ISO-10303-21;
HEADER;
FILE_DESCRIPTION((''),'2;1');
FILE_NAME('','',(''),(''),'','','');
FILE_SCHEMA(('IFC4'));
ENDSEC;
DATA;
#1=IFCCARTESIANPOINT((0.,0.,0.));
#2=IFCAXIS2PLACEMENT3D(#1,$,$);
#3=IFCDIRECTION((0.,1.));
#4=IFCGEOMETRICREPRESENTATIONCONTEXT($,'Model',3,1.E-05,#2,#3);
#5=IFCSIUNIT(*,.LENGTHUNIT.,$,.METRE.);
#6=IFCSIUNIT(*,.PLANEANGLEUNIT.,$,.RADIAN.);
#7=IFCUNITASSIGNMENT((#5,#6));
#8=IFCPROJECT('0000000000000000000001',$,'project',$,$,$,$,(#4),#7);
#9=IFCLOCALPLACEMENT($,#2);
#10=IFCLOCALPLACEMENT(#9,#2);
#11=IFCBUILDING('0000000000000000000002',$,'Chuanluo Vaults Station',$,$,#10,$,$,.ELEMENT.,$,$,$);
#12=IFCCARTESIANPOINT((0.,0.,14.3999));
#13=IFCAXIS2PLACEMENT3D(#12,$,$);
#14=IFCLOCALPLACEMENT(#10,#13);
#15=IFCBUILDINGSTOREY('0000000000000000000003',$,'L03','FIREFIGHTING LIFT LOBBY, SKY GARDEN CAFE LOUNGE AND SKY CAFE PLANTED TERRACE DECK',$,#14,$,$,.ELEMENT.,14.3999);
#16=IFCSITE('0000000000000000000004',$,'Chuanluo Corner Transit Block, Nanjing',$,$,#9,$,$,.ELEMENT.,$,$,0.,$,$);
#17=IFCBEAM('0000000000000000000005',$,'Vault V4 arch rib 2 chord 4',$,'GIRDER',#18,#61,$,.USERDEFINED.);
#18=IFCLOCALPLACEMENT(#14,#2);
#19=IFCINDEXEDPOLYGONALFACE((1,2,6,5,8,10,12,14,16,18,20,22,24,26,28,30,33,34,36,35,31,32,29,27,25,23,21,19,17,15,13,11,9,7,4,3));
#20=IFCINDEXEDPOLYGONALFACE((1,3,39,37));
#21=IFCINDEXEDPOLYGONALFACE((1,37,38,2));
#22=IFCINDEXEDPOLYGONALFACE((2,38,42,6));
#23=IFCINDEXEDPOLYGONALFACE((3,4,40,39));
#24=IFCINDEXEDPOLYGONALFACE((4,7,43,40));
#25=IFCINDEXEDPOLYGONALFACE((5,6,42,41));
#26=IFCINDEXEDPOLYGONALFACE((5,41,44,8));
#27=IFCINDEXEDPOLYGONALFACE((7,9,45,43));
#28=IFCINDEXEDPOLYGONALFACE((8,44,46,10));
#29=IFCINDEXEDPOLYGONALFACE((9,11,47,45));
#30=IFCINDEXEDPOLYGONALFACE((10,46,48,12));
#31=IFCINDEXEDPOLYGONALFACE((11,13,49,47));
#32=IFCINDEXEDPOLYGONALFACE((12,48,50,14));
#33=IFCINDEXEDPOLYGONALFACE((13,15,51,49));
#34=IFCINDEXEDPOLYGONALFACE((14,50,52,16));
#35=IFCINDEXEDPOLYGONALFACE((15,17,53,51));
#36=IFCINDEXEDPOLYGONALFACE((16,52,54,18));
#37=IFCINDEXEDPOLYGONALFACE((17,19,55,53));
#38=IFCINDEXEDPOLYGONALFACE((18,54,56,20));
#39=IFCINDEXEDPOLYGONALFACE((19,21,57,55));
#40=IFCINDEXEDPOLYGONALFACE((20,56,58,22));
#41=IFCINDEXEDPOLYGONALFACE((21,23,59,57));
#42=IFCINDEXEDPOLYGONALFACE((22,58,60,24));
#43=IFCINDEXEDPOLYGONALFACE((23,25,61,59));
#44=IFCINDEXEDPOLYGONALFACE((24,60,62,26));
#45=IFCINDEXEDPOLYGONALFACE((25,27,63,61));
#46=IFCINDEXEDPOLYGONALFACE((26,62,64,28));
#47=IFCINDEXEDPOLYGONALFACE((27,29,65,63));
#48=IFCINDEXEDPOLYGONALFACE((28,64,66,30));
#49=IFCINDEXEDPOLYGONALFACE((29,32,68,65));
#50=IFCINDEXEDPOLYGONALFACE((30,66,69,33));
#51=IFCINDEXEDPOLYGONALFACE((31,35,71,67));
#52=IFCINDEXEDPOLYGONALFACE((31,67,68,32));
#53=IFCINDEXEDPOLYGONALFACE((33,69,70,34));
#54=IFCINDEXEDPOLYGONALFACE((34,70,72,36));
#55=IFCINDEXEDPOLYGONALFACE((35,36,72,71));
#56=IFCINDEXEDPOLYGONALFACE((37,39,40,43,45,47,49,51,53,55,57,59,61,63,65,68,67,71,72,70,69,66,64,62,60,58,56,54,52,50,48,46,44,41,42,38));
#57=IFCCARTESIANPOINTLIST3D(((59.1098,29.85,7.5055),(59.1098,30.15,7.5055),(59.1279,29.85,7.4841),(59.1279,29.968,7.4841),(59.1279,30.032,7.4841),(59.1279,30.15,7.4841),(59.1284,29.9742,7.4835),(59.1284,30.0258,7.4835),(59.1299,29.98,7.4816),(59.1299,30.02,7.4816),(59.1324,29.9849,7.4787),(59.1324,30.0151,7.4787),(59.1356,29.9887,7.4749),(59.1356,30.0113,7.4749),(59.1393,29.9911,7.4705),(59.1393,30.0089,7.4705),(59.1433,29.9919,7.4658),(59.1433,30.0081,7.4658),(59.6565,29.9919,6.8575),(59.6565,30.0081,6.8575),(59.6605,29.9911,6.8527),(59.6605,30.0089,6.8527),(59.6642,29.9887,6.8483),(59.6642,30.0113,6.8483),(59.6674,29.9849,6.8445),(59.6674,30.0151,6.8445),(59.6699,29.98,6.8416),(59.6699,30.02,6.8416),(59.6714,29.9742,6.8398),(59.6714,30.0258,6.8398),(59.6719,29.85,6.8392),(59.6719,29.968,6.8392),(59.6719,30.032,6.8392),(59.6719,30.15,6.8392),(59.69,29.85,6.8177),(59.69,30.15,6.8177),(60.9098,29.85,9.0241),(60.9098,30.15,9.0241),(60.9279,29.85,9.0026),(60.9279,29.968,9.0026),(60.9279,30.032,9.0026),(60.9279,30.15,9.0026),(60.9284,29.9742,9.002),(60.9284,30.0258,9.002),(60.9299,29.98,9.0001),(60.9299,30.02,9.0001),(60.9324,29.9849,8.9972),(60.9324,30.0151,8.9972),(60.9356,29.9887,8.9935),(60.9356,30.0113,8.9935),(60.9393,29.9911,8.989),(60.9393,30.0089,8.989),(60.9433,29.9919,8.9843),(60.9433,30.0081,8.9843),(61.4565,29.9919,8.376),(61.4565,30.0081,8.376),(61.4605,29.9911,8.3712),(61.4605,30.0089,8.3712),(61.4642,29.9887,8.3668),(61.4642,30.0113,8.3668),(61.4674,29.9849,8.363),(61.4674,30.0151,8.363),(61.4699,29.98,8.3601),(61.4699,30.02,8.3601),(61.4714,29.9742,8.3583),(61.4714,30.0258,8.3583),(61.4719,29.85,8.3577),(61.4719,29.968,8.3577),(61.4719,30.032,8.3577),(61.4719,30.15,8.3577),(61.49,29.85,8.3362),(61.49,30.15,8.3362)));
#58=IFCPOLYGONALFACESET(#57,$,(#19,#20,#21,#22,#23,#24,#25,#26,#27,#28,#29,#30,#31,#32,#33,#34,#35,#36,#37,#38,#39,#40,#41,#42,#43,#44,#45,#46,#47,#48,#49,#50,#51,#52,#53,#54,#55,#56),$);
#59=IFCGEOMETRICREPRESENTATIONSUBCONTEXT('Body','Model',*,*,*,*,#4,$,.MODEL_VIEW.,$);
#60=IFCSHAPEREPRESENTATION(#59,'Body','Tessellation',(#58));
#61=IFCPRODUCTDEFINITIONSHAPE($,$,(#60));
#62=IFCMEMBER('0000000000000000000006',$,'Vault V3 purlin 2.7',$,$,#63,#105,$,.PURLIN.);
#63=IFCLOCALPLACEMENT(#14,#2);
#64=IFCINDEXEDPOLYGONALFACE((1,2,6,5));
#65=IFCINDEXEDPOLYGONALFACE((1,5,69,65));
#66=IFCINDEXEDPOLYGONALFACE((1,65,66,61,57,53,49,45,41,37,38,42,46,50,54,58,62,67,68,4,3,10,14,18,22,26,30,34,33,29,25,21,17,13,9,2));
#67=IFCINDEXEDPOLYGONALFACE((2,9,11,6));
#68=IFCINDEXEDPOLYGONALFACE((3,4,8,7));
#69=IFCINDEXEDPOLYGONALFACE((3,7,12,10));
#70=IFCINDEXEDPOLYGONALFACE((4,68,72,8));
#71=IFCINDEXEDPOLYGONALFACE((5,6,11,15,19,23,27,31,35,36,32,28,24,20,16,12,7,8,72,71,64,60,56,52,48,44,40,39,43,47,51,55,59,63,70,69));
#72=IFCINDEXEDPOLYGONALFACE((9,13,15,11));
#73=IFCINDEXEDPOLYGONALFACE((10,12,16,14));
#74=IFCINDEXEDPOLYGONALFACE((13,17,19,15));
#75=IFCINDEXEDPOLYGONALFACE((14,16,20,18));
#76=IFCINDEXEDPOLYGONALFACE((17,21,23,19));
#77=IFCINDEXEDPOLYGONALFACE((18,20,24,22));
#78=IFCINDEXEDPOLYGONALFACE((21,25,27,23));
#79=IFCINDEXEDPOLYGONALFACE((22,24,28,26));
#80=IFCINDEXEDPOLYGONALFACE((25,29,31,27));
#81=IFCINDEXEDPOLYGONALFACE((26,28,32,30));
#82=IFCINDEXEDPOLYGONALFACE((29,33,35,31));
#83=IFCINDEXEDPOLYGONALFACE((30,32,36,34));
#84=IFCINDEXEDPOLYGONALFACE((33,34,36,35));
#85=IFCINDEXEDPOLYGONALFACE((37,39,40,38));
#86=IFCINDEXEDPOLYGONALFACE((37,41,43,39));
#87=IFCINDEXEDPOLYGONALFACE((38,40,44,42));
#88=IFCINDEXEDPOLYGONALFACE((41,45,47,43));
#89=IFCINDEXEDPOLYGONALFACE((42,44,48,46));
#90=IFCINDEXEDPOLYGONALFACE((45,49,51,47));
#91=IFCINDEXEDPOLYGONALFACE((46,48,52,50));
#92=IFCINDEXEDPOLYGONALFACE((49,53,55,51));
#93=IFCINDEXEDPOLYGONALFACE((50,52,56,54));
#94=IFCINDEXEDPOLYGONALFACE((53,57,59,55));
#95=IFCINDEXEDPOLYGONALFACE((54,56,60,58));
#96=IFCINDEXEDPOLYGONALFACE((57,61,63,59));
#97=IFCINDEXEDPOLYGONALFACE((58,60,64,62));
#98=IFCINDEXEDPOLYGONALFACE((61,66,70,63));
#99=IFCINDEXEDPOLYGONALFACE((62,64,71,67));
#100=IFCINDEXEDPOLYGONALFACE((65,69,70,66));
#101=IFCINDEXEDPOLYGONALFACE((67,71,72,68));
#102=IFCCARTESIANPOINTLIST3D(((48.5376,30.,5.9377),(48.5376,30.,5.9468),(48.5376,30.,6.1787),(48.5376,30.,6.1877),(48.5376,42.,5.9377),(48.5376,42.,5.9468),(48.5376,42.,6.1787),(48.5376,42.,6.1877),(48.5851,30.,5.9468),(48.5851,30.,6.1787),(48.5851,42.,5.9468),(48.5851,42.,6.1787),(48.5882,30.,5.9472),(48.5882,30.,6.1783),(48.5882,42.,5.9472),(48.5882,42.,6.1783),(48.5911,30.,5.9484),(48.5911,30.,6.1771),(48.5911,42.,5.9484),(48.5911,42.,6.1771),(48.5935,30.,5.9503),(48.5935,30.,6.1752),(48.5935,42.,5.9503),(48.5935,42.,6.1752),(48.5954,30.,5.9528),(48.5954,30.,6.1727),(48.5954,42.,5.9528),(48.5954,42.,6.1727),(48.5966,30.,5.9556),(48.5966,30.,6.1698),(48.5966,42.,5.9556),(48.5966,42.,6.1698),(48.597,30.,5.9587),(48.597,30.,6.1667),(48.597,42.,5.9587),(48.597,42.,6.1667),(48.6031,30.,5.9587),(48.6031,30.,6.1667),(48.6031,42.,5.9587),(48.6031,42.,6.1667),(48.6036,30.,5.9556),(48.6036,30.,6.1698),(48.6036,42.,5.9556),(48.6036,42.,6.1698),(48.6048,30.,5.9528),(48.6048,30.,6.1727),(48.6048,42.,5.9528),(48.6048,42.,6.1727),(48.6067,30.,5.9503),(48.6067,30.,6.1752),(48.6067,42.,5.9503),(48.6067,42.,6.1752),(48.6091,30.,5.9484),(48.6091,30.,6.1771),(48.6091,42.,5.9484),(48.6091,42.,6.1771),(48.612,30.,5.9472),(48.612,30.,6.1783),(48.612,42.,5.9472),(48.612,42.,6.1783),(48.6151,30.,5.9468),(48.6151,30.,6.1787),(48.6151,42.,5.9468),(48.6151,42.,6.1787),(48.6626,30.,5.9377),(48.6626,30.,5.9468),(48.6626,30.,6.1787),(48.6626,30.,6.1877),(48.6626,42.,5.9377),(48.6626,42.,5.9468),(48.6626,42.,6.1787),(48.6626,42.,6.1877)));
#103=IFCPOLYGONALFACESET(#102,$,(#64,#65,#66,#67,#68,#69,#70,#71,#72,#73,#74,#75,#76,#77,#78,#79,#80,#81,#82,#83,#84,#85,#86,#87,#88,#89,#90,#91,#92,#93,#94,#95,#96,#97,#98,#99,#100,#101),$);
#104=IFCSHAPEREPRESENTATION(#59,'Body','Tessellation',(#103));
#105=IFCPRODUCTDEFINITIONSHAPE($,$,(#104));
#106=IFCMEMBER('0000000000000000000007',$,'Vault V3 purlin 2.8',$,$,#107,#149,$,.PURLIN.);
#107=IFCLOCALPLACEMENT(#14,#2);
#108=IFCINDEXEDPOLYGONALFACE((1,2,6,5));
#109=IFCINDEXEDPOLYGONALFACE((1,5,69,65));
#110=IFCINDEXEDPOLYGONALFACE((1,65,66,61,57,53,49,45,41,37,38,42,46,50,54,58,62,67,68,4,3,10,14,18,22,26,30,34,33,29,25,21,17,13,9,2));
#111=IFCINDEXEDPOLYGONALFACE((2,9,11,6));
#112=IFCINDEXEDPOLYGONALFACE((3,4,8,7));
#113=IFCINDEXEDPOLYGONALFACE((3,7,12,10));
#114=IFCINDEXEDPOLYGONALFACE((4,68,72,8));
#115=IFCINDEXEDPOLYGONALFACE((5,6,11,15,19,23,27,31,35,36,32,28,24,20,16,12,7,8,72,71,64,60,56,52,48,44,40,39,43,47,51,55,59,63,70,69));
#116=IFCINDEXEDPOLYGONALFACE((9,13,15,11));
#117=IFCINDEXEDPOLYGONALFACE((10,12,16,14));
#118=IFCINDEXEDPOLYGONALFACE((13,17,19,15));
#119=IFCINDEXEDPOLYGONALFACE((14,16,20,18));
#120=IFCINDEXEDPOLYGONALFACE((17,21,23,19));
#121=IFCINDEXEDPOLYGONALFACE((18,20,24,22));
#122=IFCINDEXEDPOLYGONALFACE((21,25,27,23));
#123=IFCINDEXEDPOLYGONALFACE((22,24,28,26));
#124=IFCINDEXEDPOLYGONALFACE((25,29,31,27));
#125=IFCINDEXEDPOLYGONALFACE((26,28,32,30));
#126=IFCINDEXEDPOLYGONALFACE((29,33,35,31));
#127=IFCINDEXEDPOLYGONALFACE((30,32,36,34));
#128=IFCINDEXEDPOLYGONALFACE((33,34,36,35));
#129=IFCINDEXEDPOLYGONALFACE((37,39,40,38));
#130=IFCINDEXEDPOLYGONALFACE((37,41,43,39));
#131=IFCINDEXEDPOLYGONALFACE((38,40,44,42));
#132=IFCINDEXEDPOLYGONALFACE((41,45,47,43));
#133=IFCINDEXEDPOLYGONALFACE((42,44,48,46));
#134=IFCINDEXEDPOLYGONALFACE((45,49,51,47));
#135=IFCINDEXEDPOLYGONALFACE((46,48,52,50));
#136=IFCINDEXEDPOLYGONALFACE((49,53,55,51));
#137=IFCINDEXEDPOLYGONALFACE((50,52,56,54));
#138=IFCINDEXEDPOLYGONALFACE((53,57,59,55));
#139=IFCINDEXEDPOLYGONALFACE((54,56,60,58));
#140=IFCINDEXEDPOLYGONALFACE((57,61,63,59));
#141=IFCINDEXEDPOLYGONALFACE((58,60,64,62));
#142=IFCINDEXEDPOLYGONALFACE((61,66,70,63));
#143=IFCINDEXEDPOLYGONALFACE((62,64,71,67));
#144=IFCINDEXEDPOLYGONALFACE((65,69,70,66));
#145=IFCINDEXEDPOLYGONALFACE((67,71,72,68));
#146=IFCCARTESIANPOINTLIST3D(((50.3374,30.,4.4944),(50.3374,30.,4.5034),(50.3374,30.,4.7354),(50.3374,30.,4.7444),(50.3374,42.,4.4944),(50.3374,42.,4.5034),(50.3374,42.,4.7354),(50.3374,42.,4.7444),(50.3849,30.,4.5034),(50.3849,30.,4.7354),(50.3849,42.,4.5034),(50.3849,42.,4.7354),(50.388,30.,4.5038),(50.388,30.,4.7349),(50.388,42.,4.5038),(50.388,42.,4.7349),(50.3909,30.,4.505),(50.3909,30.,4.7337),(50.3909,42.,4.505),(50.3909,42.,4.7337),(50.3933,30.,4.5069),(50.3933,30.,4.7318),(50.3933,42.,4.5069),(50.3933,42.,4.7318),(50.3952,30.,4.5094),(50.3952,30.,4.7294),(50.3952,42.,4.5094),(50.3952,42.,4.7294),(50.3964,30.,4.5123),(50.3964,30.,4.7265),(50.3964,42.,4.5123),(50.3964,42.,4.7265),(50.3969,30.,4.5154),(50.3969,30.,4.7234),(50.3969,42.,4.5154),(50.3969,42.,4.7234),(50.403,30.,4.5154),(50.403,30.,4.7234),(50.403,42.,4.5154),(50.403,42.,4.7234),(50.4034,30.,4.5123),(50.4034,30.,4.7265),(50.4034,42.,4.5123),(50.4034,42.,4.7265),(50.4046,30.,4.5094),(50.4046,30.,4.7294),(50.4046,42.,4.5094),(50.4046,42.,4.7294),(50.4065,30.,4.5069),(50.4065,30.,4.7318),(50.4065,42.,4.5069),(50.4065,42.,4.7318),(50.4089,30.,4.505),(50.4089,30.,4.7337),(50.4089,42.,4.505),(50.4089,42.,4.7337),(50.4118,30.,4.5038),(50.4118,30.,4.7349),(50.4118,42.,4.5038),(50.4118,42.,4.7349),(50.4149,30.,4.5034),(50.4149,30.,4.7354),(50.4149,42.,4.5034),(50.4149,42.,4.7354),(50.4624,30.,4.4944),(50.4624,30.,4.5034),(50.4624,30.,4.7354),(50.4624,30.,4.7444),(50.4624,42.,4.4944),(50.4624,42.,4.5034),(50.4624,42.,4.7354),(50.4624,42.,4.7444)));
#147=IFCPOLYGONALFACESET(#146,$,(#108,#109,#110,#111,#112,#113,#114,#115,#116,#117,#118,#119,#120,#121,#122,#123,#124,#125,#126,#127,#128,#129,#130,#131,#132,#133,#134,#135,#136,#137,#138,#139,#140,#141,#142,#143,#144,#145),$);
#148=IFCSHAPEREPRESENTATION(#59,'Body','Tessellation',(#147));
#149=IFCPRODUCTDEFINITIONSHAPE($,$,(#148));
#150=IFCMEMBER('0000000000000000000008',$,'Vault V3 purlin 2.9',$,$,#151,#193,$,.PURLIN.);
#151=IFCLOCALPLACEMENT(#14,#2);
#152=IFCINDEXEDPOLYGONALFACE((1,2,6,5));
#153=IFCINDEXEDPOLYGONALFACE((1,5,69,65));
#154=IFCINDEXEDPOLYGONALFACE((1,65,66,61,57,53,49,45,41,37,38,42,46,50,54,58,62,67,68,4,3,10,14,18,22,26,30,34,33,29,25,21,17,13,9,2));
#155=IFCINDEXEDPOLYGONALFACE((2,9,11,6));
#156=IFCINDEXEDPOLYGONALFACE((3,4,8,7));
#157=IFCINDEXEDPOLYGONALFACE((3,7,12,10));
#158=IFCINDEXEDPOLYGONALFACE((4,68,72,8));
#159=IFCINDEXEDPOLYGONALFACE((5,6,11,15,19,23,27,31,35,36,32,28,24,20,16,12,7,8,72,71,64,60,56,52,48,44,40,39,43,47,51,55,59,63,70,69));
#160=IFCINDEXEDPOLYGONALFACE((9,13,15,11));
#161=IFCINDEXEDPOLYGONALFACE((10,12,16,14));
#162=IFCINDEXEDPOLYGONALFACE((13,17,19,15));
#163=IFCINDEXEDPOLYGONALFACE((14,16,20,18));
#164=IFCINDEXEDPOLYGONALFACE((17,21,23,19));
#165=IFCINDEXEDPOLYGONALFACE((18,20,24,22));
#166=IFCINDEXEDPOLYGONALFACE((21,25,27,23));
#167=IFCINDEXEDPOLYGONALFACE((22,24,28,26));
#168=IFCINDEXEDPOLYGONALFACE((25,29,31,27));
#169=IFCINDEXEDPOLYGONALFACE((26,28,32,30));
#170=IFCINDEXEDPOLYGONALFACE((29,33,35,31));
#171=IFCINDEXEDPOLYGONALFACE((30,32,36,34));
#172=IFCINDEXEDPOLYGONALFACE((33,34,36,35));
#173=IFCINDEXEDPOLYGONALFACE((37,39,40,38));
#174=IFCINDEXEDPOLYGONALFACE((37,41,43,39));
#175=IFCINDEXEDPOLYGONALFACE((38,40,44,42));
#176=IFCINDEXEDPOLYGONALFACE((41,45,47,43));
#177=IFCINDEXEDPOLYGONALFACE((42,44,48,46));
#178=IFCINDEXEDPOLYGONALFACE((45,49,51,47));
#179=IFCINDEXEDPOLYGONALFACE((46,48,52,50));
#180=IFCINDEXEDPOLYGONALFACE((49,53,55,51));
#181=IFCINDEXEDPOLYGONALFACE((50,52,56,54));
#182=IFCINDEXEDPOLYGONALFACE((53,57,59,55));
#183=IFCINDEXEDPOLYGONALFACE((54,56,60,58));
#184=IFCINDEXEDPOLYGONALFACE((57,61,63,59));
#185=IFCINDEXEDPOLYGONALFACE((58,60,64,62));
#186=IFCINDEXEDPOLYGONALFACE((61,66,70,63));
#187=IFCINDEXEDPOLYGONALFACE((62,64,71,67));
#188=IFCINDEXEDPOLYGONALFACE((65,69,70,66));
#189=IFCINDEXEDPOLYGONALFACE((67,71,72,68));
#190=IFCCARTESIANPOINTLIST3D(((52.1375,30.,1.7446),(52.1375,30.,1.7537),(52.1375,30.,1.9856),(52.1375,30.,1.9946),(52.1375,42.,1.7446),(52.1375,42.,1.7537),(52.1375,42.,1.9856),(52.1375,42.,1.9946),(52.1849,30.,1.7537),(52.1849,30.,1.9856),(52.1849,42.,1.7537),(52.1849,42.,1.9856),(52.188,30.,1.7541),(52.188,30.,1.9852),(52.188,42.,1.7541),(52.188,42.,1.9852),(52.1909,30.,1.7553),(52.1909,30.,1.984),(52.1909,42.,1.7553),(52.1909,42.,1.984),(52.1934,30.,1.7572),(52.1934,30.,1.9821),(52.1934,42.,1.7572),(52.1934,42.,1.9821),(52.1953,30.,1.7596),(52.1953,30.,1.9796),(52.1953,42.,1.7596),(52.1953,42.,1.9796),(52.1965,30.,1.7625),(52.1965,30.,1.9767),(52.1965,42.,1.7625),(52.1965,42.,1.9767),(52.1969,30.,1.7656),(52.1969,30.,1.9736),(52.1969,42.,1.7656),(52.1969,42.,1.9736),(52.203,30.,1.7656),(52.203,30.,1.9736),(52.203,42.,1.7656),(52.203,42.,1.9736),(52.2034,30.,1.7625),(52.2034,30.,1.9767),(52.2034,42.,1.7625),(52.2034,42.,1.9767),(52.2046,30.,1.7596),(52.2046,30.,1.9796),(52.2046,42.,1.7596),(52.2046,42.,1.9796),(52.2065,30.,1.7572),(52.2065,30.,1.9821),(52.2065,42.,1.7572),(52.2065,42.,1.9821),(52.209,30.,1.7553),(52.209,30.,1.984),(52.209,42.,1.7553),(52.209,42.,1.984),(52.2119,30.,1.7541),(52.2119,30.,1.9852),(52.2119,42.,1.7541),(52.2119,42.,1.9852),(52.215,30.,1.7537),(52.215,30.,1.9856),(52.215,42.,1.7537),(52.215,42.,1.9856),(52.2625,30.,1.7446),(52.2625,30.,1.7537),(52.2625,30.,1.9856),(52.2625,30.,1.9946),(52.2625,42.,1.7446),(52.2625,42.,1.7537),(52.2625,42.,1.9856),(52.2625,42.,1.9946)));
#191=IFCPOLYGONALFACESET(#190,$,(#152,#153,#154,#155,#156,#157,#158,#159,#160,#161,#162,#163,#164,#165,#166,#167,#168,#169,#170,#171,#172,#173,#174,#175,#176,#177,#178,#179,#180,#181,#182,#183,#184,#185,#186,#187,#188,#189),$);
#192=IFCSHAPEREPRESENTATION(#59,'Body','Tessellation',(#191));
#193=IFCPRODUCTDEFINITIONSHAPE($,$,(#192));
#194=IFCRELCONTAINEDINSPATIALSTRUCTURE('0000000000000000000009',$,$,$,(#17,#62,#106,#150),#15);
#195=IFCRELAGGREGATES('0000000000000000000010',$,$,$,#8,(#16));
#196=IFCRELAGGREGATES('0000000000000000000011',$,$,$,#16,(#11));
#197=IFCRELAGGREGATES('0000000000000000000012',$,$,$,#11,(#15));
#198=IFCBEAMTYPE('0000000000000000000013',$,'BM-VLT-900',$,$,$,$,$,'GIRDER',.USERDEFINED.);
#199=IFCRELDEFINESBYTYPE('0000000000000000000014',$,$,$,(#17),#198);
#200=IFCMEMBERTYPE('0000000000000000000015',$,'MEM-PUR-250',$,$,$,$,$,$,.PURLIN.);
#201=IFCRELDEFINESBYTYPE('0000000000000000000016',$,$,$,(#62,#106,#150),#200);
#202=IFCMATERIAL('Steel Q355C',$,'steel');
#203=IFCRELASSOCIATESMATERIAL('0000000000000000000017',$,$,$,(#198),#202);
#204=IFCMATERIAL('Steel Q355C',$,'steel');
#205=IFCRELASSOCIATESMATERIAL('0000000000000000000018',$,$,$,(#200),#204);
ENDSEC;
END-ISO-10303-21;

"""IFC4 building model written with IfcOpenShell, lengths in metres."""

from ifc_helpers import new_model, si_unit, direction, frame, origin, origin_2d, place, context, subcontext, project, spatial, i_section, extrude, material, material_profile, profile_set, type_object, element, save


model = new_model("IFC4")

# Units and contexts
model_context = context("Model", 3, precision=1e-05, world=origin(), true_north=direction((0.0, 1.0)))
body_context = subcontext(model_context, "Body", "Model", "MODEL_VIEW")
ifc_project = project(units=[si_unit("LENGTHUNIT", "METRE"), si_unit("PLANEANGLEUNIT", "RADIAN")], contexts=[model_context])

# Site, building, storey
site_placement = place(None, origin())
site = spatial("IfcSite", under=ifc_project, at=site_placement, Name="Chuanluo Corner Transit Block, Nanjing", CompositionType="ELEMENT", RefElevation=0.0)
building_placement = place(site_placement, origin())
building = spatial("IfcBuilding", under=site, at=building_placement, Name="Chuanluo Vaults Station", CompositionType="ELEMENT")
storey_placement = place(building_placement, frame((0.0, 0.0, 14.3999)))
storey = spatial("IfcBuildingStorey", under=building, at=storey_placement, Name="L03", Description="FIREFIGHTING LIFT LOBBY, SKY GARDEN CAFE LOUNGE AND SKY CAFE PLANTED TERRACE DECK", CompositionType="ELEMENT", Elevation=14.3999)

# Beam
ifc_material_1 = material(Name="Steel Q355C", Category="steel")
ifc_material_profile_1 = material_profile(ifc_material_1, i_section(OverallWidth=0.3, OverallDepth=0.8999, WebThickness=0.0161, FlangeThickness=0.0281, FilletRadius=0.0239, at=origin_2d()))
ifc_profile_set_1 = profile_set([ifc_material_profile_1], Name="Steel Q355C")
beam_type_1 = type_object("IfcBeamType", Name="BM-VLT-900", ElementType="GIRDER", PredefinedType="USERDEFINED", material=ifc_profile_set_1)
beam_1_placement = place(storey_placement, frame((59.3999, 30.0, 7.1616), z_axis=(0.764341, 0.0, 0.644812), x_axis=(0.0, 1.0, 0.0)))
element("IfcBeam", 1, at=beam_1_placement, inside=storey, type_object=beam_type_1, Name="Vault V4 arch rib 2 chord 4", ObjectType="GIRDER", PredefinedType="USERDEFINED", context=body_context, shape_type="SweptSolid", body=[
    extrude(i_section(OverallWidth=0.3, OverallDepth=0.8999, WebThickness=0.0161, FlangeThickness=0.0281, FilletRadius=0.0239, at=origin_2d()), origin(), (0.0, 0.0, 1.0), 2.355),
])

# Members
ifc_material_2 = material(Name="Steel Q355C", Category="steel")
ifc_material_profile_2 = material_profile(ifc_material_2, i_section(OverallWidth=0.125, OverallDepth=0.25, WebThickness=0.0061, FlangeThickness=0.009, FilletRadius=0.012, at=origin_2d()))
ifc_profile_set_2 = profile_set([ifc_material_profile_2], Name="Steel Q355C")
member_type_1 = type_object("IfcMemberType", Name="MEM-PUR-250", PredefinedType="PURLIN", material=ifc_profile_set_2)
for number, where, z_axis, x_axis, name in (
    (2, (48.6001, 30.0, 6.0627), (0.0, 1.0, 0.0), (-1.0, 0.0, 0.0), "Vault V3 purlin 2.7"),
    (3, (50.3999, 30.0, 4.6194), (0.0, 1.0, 0.0), (-1.0, 0.0, 0.0), "Vault V3 purlin 2.8"),
    (4, (52.2, 30.0, 1.8696), (0.0, 1.0, 0.0), (-1.0, 0.0, 0.0), "Vault V3 purlin 2.9"),
):
    element("IfcMember", number, at=place(storey_placement, frame(where, z_axis=z_axis, x_axis=x_axis)), inside=storey, type_object=member_type_1, Name=name, PredefinedType="PURLIN", context=body_context, shape_type="SweptSolid", body=[
        extrude(i_section(OverallWidth=0.125, OverallDepth=0.25, WebThickness=0.0061, FlangeThickness=0.009, FilletRadius=0.012, at=origin_2d()), origin(), (0.0, 0.0, 1.0), 12.0),
    ])

save(model, "model.ifc")
